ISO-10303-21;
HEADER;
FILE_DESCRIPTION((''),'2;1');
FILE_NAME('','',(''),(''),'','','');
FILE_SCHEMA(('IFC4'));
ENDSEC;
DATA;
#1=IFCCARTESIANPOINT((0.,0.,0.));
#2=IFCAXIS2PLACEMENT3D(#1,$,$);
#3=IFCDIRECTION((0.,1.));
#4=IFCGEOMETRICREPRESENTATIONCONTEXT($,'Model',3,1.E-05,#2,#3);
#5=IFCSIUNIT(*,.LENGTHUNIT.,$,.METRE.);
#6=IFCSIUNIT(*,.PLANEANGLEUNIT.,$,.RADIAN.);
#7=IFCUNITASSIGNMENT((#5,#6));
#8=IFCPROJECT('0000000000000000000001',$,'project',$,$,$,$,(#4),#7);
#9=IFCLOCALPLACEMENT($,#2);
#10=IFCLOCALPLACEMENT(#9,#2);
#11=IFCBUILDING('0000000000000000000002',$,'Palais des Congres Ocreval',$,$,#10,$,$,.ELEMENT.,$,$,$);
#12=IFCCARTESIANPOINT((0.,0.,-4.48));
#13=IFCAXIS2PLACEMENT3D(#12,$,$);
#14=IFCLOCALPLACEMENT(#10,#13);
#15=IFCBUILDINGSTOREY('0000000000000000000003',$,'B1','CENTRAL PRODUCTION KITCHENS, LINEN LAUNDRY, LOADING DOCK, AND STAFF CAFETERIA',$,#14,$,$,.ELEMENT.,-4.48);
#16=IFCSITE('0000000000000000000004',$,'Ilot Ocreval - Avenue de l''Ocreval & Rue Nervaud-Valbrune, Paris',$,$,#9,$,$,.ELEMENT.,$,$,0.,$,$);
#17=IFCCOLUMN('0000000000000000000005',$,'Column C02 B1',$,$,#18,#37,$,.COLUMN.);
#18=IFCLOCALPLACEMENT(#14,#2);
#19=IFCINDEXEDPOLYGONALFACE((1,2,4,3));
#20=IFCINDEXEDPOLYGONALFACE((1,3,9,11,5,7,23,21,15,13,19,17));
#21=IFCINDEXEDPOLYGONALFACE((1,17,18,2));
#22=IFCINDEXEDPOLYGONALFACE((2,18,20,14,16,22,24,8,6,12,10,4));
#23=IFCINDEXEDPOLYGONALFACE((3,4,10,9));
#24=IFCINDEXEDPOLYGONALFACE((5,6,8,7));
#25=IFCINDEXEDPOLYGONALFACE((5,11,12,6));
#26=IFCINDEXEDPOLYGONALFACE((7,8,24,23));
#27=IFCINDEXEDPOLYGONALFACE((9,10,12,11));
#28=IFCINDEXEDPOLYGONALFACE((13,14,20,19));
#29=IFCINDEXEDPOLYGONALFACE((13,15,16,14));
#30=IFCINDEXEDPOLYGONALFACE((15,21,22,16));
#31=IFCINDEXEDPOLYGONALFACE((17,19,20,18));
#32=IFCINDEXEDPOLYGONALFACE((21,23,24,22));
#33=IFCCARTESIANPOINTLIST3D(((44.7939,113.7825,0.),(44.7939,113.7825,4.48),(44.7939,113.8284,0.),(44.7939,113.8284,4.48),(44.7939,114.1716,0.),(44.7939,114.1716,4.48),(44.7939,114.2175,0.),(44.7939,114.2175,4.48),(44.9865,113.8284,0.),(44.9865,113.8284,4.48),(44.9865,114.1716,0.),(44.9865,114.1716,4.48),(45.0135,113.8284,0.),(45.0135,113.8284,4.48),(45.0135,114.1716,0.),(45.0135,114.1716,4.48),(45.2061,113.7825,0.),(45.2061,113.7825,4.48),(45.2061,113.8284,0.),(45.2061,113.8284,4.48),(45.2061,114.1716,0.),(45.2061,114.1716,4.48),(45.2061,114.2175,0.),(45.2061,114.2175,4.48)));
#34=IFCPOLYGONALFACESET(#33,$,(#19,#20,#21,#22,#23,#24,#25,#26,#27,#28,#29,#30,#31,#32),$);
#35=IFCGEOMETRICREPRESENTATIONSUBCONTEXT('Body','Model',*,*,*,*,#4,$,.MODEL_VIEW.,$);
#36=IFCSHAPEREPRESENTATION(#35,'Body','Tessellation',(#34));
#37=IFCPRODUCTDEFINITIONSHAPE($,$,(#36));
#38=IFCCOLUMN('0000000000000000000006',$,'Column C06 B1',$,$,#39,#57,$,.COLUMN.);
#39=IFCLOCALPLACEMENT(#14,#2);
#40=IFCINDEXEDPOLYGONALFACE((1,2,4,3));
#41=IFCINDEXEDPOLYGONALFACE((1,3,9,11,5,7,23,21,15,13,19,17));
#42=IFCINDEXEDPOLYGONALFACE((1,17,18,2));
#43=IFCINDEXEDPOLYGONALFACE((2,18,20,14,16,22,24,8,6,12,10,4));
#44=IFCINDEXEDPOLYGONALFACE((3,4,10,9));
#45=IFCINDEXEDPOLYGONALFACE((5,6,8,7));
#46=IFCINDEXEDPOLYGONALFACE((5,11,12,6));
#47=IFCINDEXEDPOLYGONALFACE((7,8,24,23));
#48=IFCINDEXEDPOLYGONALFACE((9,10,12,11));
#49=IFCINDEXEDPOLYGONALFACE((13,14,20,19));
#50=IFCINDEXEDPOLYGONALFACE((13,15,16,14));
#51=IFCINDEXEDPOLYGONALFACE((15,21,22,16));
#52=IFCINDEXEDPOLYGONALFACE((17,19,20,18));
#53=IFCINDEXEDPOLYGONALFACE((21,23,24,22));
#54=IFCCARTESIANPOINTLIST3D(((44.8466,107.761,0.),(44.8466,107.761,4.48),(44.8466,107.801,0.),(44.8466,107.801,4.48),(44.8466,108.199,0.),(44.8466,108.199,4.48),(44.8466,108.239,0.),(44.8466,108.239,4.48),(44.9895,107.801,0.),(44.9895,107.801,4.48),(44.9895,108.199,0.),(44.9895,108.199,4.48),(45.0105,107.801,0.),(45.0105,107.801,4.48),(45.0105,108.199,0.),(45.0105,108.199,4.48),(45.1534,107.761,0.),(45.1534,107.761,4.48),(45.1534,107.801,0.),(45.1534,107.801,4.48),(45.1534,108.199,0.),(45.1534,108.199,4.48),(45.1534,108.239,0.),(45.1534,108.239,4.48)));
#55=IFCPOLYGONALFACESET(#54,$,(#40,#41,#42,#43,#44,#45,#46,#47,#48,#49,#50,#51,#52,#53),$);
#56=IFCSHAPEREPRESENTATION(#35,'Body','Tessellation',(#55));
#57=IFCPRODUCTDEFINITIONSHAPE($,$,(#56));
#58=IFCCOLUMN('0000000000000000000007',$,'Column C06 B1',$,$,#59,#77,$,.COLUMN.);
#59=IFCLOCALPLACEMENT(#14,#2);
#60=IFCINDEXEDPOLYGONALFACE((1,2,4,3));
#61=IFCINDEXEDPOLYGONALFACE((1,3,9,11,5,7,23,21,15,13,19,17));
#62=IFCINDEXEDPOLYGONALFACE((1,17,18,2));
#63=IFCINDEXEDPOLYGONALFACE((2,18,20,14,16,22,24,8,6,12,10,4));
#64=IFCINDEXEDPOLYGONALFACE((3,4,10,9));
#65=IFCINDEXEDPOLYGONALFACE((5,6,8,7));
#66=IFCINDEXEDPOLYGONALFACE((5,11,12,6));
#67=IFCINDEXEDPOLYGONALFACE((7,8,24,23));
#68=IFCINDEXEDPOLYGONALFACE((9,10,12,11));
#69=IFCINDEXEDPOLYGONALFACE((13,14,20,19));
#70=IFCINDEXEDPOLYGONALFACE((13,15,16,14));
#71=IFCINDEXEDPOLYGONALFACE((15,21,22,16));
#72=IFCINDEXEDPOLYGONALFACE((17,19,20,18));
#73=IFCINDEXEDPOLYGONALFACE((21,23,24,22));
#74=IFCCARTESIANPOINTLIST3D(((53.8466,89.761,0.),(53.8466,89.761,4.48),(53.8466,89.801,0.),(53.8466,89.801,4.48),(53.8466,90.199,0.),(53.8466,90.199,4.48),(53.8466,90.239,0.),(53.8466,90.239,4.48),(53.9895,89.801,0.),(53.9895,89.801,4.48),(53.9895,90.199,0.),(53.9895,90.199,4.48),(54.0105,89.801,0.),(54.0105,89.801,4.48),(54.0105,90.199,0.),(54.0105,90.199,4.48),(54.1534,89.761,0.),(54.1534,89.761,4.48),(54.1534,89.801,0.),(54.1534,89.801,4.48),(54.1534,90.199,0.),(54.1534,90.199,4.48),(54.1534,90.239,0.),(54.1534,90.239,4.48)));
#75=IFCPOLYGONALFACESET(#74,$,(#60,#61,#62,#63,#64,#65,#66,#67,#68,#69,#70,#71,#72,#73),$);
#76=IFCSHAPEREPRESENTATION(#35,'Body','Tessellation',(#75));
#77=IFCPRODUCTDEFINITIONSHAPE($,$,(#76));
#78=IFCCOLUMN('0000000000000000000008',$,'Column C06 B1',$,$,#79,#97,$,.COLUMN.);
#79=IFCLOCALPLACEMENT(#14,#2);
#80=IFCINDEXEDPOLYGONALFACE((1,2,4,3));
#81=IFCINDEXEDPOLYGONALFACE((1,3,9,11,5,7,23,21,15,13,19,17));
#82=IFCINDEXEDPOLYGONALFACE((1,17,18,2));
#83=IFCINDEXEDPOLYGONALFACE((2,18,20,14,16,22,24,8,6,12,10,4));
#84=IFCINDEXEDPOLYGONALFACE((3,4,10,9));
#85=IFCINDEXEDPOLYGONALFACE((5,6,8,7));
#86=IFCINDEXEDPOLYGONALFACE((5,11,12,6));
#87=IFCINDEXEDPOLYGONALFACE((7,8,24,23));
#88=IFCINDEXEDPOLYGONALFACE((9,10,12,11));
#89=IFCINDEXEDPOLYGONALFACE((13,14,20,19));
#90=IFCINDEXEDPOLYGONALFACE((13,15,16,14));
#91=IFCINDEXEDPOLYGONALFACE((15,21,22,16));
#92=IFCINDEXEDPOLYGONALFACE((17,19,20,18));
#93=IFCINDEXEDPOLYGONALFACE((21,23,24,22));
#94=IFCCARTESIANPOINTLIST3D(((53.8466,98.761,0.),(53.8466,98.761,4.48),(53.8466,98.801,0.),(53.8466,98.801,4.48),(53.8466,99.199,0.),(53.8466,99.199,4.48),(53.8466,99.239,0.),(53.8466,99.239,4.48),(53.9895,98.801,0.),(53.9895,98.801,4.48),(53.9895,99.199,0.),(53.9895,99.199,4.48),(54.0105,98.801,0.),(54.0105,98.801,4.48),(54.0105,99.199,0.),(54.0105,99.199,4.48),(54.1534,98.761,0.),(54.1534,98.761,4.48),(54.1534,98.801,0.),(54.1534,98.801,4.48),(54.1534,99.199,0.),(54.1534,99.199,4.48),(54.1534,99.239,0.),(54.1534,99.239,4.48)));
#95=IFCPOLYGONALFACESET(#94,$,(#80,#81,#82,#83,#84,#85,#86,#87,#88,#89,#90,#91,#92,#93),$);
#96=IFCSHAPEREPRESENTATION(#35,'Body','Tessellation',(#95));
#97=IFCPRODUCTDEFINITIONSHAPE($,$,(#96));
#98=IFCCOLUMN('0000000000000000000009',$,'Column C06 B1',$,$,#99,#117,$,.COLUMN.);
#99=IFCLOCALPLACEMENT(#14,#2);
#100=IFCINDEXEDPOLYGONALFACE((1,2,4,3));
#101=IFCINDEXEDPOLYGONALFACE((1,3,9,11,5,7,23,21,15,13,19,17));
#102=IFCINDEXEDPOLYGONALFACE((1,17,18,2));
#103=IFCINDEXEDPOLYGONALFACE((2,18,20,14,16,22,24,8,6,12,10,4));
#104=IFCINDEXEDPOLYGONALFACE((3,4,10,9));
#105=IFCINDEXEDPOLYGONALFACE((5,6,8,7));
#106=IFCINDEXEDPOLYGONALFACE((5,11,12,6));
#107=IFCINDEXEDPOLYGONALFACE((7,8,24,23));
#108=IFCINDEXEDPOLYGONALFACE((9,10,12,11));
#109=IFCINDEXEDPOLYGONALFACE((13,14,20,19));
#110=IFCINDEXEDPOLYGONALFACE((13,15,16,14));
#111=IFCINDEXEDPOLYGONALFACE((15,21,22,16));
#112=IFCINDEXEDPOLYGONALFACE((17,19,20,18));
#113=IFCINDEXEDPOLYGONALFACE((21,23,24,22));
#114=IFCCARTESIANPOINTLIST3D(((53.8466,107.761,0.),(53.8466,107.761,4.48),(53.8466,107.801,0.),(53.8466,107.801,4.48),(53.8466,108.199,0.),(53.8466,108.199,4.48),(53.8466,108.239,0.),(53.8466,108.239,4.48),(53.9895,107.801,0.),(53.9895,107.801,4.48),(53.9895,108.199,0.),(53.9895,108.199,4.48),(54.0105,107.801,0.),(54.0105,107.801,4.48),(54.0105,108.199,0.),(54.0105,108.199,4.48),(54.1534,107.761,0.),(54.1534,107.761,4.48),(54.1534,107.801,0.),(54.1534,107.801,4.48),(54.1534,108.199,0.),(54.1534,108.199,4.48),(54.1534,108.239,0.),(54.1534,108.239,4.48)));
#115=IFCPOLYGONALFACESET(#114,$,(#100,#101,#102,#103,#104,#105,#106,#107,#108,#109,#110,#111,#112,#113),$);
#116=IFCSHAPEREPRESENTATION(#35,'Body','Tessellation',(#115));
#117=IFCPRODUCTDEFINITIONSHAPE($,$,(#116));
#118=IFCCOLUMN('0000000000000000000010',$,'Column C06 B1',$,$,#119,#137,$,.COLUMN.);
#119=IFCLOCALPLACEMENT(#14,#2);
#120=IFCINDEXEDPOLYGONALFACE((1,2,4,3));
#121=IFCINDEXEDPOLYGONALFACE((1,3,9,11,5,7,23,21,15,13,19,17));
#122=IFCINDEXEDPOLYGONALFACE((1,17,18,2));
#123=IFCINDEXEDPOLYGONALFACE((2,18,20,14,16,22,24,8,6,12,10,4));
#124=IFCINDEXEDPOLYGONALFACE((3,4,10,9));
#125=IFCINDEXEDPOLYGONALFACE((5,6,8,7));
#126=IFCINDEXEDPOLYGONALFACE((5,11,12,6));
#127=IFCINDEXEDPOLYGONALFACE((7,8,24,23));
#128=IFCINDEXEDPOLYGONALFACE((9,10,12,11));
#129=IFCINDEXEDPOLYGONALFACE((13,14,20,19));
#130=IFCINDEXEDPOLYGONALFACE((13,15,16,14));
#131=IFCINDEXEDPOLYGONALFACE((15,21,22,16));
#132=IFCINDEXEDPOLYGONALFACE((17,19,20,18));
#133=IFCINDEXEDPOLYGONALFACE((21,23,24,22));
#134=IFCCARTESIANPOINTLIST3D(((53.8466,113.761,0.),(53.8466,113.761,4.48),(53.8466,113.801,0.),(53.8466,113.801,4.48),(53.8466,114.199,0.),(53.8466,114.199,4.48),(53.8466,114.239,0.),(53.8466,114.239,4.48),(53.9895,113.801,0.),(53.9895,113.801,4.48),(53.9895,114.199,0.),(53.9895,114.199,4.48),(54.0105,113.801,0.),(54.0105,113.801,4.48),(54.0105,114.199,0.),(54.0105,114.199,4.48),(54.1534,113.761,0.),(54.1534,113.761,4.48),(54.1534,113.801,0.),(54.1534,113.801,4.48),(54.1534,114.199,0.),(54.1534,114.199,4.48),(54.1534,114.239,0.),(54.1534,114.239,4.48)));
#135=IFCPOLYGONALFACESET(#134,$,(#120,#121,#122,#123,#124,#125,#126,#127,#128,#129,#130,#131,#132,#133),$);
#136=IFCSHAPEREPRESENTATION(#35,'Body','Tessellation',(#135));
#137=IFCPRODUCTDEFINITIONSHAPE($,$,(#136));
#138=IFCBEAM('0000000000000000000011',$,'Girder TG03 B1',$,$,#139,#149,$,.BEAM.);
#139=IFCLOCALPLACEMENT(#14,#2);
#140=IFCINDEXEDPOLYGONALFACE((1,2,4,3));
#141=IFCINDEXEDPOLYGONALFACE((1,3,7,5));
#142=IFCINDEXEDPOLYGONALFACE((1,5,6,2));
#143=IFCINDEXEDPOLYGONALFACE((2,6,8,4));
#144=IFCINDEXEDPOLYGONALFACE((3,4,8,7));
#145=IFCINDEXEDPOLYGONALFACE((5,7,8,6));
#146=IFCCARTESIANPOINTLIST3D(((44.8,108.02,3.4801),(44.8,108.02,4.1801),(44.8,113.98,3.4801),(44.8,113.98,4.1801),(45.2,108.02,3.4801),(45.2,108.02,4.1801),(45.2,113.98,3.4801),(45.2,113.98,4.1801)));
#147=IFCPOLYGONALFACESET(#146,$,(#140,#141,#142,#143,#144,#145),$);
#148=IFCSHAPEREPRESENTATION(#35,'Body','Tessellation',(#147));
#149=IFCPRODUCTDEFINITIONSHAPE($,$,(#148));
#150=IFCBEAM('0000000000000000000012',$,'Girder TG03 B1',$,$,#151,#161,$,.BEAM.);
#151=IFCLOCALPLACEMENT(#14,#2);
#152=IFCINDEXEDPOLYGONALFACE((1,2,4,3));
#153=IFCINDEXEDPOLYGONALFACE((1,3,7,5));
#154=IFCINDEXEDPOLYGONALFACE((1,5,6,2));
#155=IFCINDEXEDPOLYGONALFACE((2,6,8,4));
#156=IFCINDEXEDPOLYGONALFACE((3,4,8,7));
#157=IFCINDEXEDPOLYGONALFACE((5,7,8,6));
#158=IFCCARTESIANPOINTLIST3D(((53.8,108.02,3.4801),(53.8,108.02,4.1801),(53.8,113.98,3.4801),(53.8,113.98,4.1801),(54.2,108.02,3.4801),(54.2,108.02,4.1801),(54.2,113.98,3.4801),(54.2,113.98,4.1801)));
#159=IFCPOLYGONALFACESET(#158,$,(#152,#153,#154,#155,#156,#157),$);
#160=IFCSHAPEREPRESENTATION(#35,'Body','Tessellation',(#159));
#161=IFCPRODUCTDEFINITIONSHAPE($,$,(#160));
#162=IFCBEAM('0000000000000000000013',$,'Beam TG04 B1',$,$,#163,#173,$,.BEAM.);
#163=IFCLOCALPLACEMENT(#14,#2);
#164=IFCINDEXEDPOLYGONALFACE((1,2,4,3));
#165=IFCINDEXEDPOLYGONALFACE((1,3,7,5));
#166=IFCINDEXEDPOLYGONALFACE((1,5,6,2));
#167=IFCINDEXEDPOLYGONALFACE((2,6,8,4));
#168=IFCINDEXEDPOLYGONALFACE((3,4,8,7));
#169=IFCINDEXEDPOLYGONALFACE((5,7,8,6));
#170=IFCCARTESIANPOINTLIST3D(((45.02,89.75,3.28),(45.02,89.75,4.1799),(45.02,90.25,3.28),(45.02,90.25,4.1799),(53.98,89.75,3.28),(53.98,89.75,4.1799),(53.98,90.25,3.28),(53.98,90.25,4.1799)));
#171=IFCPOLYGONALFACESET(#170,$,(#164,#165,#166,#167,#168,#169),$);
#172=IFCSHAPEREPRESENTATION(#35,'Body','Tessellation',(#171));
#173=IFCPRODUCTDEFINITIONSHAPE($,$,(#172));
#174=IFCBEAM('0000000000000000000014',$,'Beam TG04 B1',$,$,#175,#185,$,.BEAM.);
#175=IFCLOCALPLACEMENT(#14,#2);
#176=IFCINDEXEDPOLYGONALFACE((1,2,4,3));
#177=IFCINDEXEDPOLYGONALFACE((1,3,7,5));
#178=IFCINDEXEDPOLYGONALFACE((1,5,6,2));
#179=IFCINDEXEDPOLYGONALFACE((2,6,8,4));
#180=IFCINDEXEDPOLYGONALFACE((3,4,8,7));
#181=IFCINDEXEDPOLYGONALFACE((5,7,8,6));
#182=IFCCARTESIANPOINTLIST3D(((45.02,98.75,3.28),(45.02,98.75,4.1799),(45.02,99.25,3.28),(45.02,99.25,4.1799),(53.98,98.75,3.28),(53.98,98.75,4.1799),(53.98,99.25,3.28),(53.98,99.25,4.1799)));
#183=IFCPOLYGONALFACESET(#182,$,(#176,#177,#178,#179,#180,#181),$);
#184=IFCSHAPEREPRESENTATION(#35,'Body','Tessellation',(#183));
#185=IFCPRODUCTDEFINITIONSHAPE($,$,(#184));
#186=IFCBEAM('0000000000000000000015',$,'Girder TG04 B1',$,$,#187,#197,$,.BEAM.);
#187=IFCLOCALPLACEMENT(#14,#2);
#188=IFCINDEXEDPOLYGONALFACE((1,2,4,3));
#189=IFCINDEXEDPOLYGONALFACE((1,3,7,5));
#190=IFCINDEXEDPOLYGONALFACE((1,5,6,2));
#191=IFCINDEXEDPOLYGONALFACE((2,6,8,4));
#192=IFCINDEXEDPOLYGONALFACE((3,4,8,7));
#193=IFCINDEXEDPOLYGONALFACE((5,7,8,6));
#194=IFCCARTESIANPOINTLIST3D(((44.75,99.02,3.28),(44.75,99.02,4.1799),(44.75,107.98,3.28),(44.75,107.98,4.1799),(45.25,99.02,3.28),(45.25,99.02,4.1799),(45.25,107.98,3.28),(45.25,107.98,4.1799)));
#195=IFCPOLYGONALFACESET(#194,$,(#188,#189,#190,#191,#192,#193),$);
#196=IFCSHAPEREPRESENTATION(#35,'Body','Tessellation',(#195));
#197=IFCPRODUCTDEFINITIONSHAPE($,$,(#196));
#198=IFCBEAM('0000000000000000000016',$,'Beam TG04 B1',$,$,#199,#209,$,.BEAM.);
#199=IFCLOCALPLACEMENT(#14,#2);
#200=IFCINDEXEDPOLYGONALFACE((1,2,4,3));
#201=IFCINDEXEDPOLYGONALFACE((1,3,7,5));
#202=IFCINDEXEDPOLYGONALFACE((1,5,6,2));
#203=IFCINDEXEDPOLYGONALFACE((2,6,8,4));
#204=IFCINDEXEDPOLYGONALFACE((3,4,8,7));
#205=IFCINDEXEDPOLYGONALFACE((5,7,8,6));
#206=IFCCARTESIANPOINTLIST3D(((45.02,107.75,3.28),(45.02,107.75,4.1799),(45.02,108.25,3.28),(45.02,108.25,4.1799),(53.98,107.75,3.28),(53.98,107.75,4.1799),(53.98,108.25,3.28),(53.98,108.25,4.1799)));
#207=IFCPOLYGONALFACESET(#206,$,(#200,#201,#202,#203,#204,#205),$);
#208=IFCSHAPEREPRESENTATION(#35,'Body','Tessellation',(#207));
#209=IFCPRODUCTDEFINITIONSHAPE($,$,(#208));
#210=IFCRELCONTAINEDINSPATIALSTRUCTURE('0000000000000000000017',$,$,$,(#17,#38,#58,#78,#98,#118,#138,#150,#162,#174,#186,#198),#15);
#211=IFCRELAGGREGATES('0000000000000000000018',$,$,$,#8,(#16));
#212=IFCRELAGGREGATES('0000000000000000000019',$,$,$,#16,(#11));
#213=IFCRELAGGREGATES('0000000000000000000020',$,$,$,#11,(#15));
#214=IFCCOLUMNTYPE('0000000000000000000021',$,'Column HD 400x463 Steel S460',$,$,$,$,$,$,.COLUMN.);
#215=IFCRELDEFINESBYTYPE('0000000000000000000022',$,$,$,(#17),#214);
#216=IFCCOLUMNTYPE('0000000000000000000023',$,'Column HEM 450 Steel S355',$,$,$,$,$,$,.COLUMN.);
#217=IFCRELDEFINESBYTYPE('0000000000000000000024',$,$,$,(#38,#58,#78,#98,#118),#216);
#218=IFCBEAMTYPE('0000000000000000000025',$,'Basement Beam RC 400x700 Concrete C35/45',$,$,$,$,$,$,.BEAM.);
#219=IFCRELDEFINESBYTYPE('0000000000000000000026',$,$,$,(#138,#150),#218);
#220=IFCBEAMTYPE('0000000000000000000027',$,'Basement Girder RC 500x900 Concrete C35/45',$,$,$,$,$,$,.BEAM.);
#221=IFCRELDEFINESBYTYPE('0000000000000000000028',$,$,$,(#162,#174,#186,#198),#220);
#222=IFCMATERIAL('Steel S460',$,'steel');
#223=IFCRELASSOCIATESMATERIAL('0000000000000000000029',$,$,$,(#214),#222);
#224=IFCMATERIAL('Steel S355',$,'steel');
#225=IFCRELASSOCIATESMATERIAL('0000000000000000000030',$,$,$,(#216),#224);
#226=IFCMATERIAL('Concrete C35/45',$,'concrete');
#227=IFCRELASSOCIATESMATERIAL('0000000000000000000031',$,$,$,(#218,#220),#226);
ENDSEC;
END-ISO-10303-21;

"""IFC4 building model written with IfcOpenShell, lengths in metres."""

from ifc_helpers import new_model, si_unit, direction, frame, origin, origin_2d, place, context, subcontext, project, spatial, rectangle, i_section, extrude, material, material_profile, profile_set, type_object, element, save


model = new_model("IFC4")

# Units and contexts
model_context = context("Model", 3, precision=1e-05, world=origin(), true_north=direction((0.0, 1.0)))
body_context = subcontext(model_context, "Body", "Model", "MODEL_VIEW")
ifc_project = project(units=[si_unit("LENGTHUNIT", "METRE"), si_unit("PLANEANGLEUNIT", "RADIAN")], contexts=[model_context])

# Site, building, storey
site_placement = place(None, origin())
site = spatial("IfcSite", under=ifc_project, at=site_placement, Name="Ilot Ocreval - Avenue de l'Ocreval & Rue Nervaud-Valbrune, Paris", CompositionType="ELEMENT", RefElevation=0.0)
building_placement = place(site_placement, origin())
building = spatial("IfcBuilding", under=site, at=building_placement, Name="Palais des Congres Ocreval", CompositionType="ELEMENT")
storey_placement = place(building_placement, frame((0.0, 0.0, -4.48)))
storey = spatial("IfcBuildingStorey", under=building, at=storey_placement, Name="B1", Description="CENTRAL PRODUCTION KITCHENS, LINEN LAUNDRY, LOADING DOCK, AND STAFF CAFETERIA", CompositionType="ELEMENT", Elevation=-4.48)

# Columns
ifc_material_1 = material(Name="Steel S460", Category="steel")
ifc_material_profile_1 = material_profile(ifc_material_1, i_section(OverallWidth=0.4121, OverallDepth=0.4351, WebThickness=0.0271, FlangeThickness=0.0459, at=origin_2d()), Name="HD 400x463")
ifc_profile_set_1 = profile_set([ifc_material_profile_1], Name="Steel S460")
column_type_1 = type_object("IfcColumnType", Name="Column HD 400x463 Steel S460", PredefinedType="COLUMN", material=ifc_profile_set_1)
column_placement = place(storey_placement, frame((45.0, 114.0, 0.0), z_axis=(0.0, 0.0, 1.0), x_axis=(1.0, 0.0, 0.0)))
element("IfcColumn", 1, at=column_placement, inside=storey, type_object=column_type_1, Name="Column C02 B1", PredefinedType="COLUMN", context=body_context, shape_type="SweptSolid", body=[
    extrude(i_section(OverallWidth=0.4121, OverallDepth=0.4351, WebThickness=0.0271, FlangeThickness=0.0459, at=origin_2d()), origin(), (0.0, 0.0, 1.0), 4.48),
])
ifc_material_2 = material(Name="Steel S355", Category="steel")
ifc_material_profile_2 = material_profile(ifc_material_2, i_section(OverallWidth=0.3069, OverallDepth=0.478, WebThickness=0.021, FlangeThickness=0.04, at=origin_2d()), Name="HEM 450")
ifc_profile_set_2 = profile_set([ifc_material_profile_2], Name="Steel S355")
column_type_2 = type_object("IfcColumnType", Name="Column HEM 450 Steel S355", PredefinedType="COLUMN", material=ifc_profile_set_2)
for number, where, z_axis, x_axis, name in (
    (2, (45.0, 108.0, 0.0), (0.0, 0.0, 1.0), (1.0, 0.0, 0.0), "Column C06 B1"),
    (3, (54.0, 90.0, 0.0), (0.0, 0.0, 1.0), (1.0, 0.0, 0.0), "Column C06 B1"),
    (4, (54.0, 99.0, 0.0), (0.0, 0.0, 1.0), (1.0, 0.0, 0.0), "Column C06 B1"),
    (5, (54.0, 108.0, 0.0), (0.0, 0.0, 1.0), (1.0, 0.0, 0.0), "Column C06 B1"),
    (6, (54.0, 114.0, 0.0), (0.0, 0.0, 1.0), (1.0, 0.0, 0.0), "Column C06 B1"),
):
    element("IfcColumn", number, at=place(storey_placement, frame(where, z_axis=z_axis, x_axis=x_axis)), inside=storey, type_object=column_type_2, Name=name, PredefinedType="COLUMN", context=body_context, shape_type="SweptSolid", body=[
        extrude(i_section(OverallWidth=0.3069, OverallDepth=0.478, WebThickness=0.021, FlangeThickness=0.04, at=origin_2d()), origin(), (0.0, 0.0, 1.0), 4.48),
    ])

# Beams
ifc_material_3 = material(Name="Concrete C35/45", Category="concrete")
ifc_material_profile_3 = material_profile(ifc_material_3, rectangle(XDim=0.3999, YDim=0.7, at=origin_2d()), Name="RC 400x700")
ifc_profile_set_3 = profile_set([ifc_material_profile_3], Name="Concrete C35/45")
beam_type_1 = type_object("IfcBeamType", Name="Basement Beam RC 400x700 Concrete C35/45", PredefinedType="BEAM", material=ifc_profile_set_3)
for number, where, z_axis, x_axis, name in (
    (7, (45.0, 108.02, 3.8301), (0.0, 1.0, 0.0), (-1.0, 0.0, 0.0), "Girder TG03 B1"),
    (8, (54.0, 108.02, 3.8301), (0.0, 1.0, 0.0), (-1.0, 0.0, 0.0), "Girder TG03 B1"),
):
    element("IfcBeam", number, at=place(storey_placement, frame(where, z_axis=z_axis, x_axis=x_axis)), inside=storey, type_object=beam_type_1, Name=name, PredefinedType="BEAM", context=body_context, shape_type="SweptSolid", body=[
        extrude(rectangle(XDim=0.3999, YDim=0.7, at=origin_2d()), origin(), (0.0, 0.0, 1.0), 5.96),
    ])
ifc_material_profile_4 = material_profile(ifc_material_3, rectangle(XDim=0.5, YDim=0.8999, at=origin_2d()), Name="RC 500x900")
ifc_profile_set_4 = profile_set([ifc_material_profile_4], Name="Concrete C35/45")
beam_type_2 = type_object("IfcBeamType", Name="Basement Girder RC 500x900 Concrete C35/45", PredefinedType="BEAM", material=ifc_profile_set_4)
for number, where, z_axis, x_axis, name in (
    (9, (45.02, 90.0, 3.73), (1.0, 0.0, 0.0), (0.0, 1.0, 0.0), "Beam TG04 B1"),
    (10, (45.02, 99.0, 3.73), (1.0, 0.0, 0.0), (0.0, 1.0, 0.0), "Beam TG04 B1"),
    (11, (45.0, 99.02, 3.73), (0.0, 1.0, 0.0), (-1.0, 0.0, 0.0), "Girder TG04 B1"),
    (12, (45.02, 108.0, 3.73), (1.0, 0.0, 0.0), (0.0, 1.0, 0.0), "Beam TG04 B1"),
):
    element("IfcBeam", number, at=place(storey_placement, frame(where, z_axis=z_axis, x_axis=x_axis)), inside=storey, type_object=beam_type_2, Name=name, PredefinedType="BEAM", context=body_context, shape_type="SweptSolid", body=[
        extrude(rectangle(XDim=0.5, YDim=0.8999, at=origin_2d()), origin(), (0.0, 0.0, 1.0), 8.96),
    ])

save(model, "model.ifc")
